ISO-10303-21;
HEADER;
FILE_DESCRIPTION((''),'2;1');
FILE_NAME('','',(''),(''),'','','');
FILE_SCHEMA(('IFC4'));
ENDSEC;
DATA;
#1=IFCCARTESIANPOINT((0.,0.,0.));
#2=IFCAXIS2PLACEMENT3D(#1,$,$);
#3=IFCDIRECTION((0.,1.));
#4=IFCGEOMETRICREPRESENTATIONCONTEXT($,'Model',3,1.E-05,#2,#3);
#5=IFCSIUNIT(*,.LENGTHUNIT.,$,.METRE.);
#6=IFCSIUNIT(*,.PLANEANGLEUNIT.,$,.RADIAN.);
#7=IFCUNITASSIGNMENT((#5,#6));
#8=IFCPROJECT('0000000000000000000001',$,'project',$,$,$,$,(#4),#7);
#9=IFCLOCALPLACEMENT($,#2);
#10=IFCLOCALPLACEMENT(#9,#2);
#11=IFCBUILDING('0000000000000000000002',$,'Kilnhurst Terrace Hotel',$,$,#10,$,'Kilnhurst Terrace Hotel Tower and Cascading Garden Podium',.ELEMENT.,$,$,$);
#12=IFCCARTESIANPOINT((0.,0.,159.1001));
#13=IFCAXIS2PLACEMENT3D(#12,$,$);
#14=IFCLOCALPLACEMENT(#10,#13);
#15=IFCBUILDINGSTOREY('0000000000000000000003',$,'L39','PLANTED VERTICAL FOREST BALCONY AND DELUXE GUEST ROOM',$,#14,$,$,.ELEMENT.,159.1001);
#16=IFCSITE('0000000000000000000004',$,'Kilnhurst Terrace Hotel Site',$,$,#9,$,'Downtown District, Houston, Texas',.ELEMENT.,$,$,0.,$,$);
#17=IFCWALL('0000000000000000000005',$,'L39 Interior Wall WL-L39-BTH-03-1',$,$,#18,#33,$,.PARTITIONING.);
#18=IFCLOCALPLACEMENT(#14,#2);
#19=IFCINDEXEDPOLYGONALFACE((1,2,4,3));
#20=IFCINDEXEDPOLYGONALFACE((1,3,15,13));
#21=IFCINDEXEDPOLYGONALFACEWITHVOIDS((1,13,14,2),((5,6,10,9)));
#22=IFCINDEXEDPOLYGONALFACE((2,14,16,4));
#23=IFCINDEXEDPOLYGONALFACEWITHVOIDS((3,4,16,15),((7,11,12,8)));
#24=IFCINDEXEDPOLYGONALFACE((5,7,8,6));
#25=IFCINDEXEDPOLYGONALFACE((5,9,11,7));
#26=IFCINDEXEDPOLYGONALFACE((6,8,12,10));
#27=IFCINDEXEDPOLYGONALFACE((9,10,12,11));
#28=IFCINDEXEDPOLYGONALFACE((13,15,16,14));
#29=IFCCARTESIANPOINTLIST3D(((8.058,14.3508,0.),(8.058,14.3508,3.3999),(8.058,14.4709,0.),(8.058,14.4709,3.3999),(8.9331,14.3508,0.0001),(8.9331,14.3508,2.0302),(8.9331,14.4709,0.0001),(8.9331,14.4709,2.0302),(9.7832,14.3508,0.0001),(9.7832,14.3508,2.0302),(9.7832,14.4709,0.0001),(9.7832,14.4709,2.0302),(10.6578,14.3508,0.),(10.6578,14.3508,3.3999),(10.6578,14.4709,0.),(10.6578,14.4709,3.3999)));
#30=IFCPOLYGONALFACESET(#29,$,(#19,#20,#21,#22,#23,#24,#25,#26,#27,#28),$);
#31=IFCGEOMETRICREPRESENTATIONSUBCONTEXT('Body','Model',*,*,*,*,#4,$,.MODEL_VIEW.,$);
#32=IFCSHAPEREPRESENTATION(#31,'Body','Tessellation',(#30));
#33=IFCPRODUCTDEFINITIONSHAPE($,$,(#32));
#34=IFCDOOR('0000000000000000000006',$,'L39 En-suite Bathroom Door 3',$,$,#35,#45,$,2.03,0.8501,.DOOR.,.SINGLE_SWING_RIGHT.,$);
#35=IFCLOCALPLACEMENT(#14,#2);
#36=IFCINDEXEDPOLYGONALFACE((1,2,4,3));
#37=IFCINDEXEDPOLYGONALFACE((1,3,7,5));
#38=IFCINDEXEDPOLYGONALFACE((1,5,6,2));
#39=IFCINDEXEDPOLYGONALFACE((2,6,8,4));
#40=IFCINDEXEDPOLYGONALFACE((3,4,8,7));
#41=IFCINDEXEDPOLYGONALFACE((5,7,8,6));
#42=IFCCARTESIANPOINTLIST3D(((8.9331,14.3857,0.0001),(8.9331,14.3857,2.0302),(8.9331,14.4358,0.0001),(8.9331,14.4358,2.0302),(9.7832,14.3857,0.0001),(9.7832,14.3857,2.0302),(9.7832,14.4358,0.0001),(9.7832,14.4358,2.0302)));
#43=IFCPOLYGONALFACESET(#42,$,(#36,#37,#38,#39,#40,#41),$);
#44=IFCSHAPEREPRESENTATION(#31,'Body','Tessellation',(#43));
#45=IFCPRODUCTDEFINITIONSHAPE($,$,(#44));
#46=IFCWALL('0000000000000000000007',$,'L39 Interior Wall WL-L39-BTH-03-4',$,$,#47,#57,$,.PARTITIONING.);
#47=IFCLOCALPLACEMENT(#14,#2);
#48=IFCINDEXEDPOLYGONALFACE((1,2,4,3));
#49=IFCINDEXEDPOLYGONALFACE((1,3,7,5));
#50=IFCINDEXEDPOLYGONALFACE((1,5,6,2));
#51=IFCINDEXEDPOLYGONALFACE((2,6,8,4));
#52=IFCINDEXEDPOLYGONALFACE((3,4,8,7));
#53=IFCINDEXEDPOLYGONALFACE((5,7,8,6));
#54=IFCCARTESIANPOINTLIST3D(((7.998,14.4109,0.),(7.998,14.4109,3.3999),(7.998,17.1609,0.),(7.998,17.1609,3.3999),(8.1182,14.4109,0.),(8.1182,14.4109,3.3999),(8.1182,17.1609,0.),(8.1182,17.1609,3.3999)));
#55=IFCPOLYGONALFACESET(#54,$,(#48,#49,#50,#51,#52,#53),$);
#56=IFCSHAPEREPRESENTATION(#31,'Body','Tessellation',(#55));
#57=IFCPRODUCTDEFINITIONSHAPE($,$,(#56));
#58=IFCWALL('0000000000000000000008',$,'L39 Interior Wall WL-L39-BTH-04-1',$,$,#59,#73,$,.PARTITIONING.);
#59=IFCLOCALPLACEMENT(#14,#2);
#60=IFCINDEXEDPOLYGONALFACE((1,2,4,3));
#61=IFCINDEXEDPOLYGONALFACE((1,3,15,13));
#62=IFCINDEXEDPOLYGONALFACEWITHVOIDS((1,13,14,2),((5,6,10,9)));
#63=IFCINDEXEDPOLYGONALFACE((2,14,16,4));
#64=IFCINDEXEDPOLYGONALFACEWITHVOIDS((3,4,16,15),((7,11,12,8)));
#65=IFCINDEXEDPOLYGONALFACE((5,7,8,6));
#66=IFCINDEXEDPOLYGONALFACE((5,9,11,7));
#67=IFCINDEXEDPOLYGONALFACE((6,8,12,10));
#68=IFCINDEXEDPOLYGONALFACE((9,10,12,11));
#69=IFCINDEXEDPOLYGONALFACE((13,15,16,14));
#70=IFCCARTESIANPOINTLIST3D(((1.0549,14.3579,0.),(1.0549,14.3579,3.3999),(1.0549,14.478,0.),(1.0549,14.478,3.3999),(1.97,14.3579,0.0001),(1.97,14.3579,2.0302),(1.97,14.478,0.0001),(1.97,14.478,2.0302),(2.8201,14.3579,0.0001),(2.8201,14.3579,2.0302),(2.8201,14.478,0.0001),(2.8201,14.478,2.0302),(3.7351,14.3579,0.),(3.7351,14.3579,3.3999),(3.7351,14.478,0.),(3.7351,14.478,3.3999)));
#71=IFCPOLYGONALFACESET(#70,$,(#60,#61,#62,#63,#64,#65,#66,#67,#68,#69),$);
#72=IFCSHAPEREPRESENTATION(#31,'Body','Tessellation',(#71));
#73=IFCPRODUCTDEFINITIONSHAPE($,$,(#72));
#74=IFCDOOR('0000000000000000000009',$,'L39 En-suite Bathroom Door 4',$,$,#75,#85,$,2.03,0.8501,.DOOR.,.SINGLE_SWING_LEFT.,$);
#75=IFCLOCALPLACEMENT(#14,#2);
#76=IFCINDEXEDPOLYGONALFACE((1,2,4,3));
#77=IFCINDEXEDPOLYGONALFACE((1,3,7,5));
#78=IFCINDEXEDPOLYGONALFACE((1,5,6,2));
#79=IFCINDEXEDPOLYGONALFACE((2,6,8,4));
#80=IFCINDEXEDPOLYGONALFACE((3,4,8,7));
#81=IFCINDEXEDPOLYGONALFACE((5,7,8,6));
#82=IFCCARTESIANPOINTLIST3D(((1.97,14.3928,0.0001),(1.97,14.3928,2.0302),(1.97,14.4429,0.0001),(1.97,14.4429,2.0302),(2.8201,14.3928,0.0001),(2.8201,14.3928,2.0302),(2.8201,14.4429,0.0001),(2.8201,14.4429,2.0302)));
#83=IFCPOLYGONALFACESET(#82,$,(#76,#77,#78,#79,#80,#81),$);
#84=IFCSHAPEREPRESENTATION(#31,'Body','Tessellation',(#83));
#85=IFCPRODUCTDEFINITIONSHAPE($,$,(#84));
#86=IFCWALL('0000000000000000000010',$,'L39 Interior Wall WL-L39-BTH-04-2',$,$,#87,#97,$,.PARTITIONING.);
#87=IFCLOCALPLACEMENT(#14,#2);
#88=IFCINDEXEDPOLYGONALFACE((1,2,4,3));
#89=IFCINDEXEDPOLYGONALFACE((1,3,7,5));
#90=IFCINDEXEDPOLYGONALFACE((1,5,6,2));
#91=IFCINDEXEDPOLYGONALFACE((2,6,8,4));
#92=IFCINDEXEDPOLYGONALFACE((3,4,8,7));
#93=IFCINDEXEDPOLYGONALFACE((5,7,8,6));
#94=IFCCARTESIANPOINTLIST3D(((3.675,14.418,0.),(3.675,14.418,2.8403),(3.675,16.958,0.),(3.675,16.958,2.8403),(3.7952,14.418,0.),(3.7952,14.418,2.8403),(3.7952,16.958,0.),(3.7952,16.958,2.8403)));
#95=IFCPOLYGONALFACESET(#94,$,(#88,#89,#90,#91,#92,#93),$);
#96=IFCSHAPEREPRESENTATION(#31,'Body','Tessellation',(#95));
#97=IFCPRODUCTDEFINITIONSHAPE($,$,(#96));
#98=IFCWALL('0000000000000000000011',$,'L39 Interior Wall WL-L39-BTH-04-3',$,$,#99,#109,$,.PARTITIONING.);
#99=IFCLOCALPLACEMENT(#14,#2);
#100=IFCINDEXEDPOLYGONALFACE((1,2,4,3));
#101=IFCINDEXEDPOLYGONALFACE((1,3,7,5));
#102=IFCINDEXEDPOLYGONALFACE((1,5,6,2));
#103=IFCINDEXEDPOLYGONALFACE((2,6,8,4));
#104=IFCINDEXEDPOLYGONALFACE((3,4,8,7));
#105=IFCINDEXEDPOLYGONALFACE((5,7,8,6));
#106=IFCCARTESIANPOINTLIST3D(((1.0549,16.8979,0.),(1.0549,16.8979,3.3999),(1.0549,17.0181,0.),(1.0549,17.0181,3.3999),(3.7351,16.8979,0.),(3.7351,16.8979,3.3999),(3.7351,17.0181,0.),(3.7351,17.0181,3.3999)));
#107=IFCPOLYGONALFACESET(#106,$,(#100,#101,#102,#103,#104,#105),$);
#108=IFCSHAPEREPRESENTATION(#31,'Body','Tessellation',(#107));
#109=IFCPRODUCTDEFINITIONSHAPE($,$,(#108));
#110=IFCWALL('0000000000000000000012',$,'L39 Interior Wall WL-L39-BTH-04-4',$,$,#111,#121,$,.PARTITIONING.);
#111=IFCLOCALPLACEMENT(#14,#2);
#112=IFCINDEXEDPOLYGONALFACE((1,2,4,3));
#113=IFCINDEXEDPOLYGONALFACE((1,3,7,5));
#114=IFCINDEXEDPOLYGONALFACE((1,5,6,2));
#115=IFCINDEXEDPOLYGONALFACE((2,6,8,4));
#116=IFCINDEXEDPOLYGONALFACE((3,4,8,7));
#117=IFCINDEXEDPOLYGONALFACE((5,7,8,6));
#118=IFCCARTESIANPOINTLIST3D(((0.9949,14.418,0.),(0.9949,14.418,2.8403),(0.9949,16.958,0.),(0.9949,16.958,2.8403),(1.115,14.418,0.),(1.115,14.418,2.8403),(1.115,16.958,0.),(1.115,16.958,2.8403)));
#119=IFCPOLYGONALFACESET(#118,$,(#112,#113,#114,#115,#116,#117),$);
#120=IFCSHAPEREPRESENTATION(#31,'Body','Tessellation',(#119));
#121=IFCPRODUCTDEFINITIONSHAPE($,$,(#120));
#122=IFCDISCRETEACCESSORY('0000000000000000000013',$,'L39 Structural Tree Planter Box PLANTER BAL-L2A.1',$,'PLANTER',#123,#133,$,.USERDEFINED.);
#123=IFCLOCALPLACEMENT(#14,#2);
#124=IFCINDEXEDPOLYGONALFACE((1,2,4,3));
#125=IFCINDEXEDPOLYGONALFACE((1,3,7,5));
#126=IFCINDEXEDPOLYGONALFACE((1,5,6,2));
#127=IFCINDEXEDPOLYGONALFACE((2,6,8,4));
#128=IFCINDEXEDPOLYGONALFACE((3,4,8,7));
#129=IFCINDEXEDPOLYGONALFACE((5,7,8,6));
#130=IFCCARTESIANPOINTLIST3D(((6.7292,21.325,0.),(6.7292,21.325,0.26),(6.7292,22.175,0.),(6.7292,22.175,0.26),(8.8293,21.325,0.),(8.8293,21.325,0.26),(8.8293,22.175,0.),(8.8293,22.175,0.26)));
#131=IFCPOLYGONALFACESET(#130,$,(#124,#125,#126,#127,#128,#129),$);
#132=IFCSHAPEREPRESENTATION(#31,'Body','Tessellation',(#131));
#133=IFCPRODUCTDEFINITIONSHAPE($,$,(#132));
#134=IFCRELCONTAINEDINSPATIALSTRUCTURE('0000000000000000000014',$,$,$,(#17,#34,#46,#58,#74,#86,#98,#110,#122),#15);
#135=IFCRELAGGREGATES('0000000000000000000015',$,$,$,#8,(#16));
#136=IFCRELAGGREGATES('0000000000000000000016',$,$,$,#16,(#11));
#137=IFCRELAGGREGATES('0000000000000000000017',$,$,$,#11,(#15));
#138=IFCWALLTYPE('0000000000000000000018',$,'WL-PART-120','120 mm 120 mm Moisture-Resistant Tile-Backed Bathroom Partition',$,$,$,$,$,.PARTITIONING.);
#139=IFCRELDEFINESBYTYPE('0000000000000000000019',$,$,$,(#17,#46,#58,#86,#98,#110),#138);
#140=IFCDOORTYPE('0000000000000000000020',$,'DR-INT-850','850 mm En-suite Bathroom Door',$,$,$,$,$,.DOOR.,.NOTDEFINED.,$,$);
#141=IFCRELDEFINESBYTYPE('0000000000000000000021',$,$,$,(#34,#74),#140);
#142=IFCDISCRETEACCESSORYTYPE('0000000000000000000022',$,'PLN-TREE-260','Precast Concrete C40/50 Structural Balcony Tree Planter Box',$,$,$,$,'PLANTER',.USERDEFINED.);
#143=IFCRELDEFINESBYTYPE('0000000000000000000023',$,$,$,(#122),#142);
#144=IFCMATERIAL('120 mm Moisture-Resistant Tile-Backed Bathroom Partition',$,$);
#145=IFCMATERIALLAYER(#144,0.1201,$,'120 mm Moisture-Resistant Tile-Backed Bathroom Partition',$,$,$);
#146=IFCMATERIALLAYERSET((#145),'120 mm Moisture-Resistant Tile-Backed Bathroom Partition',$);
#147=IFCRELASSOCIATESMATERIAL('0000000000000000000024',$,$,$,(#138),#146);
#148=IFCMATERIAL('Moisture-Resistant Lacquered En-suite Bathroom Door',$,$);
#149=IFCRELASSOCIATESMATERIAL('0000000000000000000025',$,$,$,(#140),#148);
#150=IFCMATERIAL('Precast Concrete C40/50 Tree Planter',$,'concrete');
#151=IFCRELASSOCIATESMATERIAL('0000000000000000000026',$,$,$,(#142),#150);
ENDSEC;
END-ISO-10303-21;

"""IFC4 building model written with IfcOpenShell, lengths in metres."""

from ifc_helpers import new_model, si_unit, direction, frame, frame_2d, origin, origin_2d, place, context, subcontext, project, spatial, rectangle, extrude, material, layer, layer_set, type_object, element, fill, save


model = new_model("IFC4")

# Units and contexts
model_context = context("Model", 3, precision=1e-05, world=origin(), true_north=direction((0.0, 1.0)))
body_context = subcontext(model_context, "Body", "Model", "MODEL_VIEW")
ifc_project = project(units=[si_unit("LENGTHUNIT", "METRE"), si_unit("PLANEANGLEUNIT", "RADIAN")], contexts=[model_context])

# Site, building, storey
site_placement = place(None, origin())
site = spatial("IfcSite", under=ifc_project, at=site_placement, Name="Kilnhurst Terrace Hotel Site", LongName="Downtown District, Houston, Texas", CompositionType="ELEMENT", RefElevation=0.0)
building_placement = place(site_placement, origin())
building = spatial("IfcBuilding", under=site, at=building_placement, Name="Kilnhurst Terrace Hotel", LongName="Kilnhurst Terrace Hotel Tower and Cascading Garden Podium", CompositionType="ELEMENT")
storey_placement = place(building_placement, frame((0.0, 0.0, 159.1001)))
storey = spatial("IfcBuildingStorey", under=building, at=storey_placement, Name="L39", Description="PLANTED VERTICAL FOREST BALCONY AND DELUXE GUEST ROOM", CompositionType="ELEMENT", Elevation=159.1001)

# Wall, opening, door
ifc_material_1 = material(Name="120 mm Moisture-Resistant Tile-Backed Bathroom Partition")
ifc_layer_1 = layer(ifc_material_1, 0.1201, Name="120 mm Moisture-Resistant Tile-Backed Bathroom Partition")
ifc_layer_set_1 = layer_set([ifc_layer_1], Name="120 mm Moisture-Resistant Tile-Backed Bathroom Partition")
wall_type_1 = type_object("IfcWallType", Name="WL-PART-120", Description="120 mm 120 mm Moisture-Resistant Tile-Backed Bathroom Partition", PredefinedType="PARTITIONING", material=ifc_layer_set_1)
wall_1_placement = place(storey_placement, frame((8.0581, 14.4109, 0.0), z_axis=(0.0, 0.0, 1.0), x_axis=(1.0, 0.0, 0.0)))
wall_1 = element("IfcWall", 1, at=wall_1_placement, inside=storey, type_object=wall_type_1, Name="L39 Interior Wall WL-L39-BTH-03-1", PredefinedType="PARTITIONING", context=body_context, shape_type="SweptSolid", body=[
    extrude(rectangle(XDim=2.5999, YDim=0.1201, at=frame_2d((1.2998, 0.0))), origin(), (0.0, 0.0, 1.0), 3.3999),
])
opening_1_placement = place(wall_1_placement, frame((0.875, 0.0, 0.0)))
opening_1 = element("IfcOpeningElement", 2, at=opening_1_placement, cuts=wall_1, PredefinedType="OPENING", context=body_context, shape_type="SweptSolid", body=[
    extrude(rectangle(XDim=0.8501, YDim=2.03, at=frame_2d((0.425, 1.0151))), frame((0.0, 0.0701, 0.0), z_axis=(0.0, -1.0, 0.0), x_axis=(1.0, 0.0, 0.0)), (0.0, 0.0, 1.0), 0.1401),
])
ifc_material_2 = material(Name="Moisture-Resistant Lacquered En-suite Bathroom Door")
door_type_1 = type_object("IfcDoorType", Name="DR-INT-850", Description="850 mm En-suite Bathroom Door", OperationType="NOTDEFINED", PredefinedType="DOOR", material=ifc_material_2)
door_1_placement = place(opening_1_placement, origin())
door_1 = element("IfcDoor", 3, at=door_1_placement, inside=storey, type_object=door_type_1, Name="L39 En-suite Bathroom Door 3", OperationType="SINGLE_SWING_RIGHT", OverallHeight=2.03, OverallWidth=0.8501, PredefinedType="DOOR", context=body_context, shape_type="SweptSolid", body=[
    extrude(rectangle(XDim=0.8501, YDim=2.03, at=frame_2d((0.425, 1.0151))), frame((0.0, 0.0249, 0.0), z_axis=(0.0, -1.0, 0.0), x_axis=(1.0, 0.0, 0.0)), (0.0, 0.0, 1.0), 0.05),
])
fill(opening_1, door_1)

# Wall
wall_2_placement = place(storey_placement, frame((8.0581, 17.1609, 0.0), z_axis=(0.0, 0.0, 1.0), x_axis=(0.0, -1.0, 0.0)))
element("IfcWall", 4, at=wall_2_placement, inside=storey, type_object=wall_type_1, Name="L39 Interior Wall WL-L39-BTH-03-4", PredefinedType="PARTITIONING", context=body_context, shape_type="SweptSolid", body=[
    extrude(rectangle(XDim=2.75, YDim=0.1201, at=frame_2d((1.375, 0.0))), origin(), (0.0, 0.0, 1.0), 3.3999),
])

# Wall, opening, door
wall_3_placement = place(storey_placement, frame((1.0549, 14.418, 0.0), z_axis=(0.0, 0.0, 1.0), x_axis=(1.0, 0.0, 0.0)))
wall_3 = element("IfcWall", 5, at=wall_3_placement, inside=storey, type_object=wall_type_1, Name="L39 Interior Wall WL-L39-BTH-04-1", PredefinedType="PARTITIONING", context=body_context, shape_type="SweptSolid", body=[
    extrude(rectangle(XDim=2.6802, YDim=0.1201, at=frame_2d((1.3401, 0.0))), origin(), (0.0, 0.0, 1.0), 3.3999),
])
opening_2_placement = place(wall_3_placement, frame((0.915, 0.0, 0.0)))
opening_2 = element("IfcOpeningElement", 6, at=opening_2_placement, cuts=wall_3, PredefinedType="OPENING", context=body_context, shape_type="SweptSolid", body=[
    extrude(rectangle(XDim=0.8501, YDim=2.03, at=frame_2d((0.425, 1.0151))), frame((0.0, 0.0701, 0.0), z_axis=(0.0, -1.0, 0.0), x_axis=(1.0, 0.0, 0.0)), (0.0, 0.0, 1.0), 0.1401),
])
door_2_placement = place(opening_2_placement, origin())
door_2 = element("IfcDoor", 7, at=door_2_placement, inside=storey, type_object=door_type_1, Name="L39 En-suite Bathroom Door 4", OperationType="SINGLE_SWING_LEFT", OverallHeight=2.03, OverallWidth=0.8501, PredefinedType="DOOR", context=body_context, shape_type="SweptSolid", body=[
    extrude(rectangle(XDim=0.8501, YDim=2.03, at=frame_2d((0.425, 1.0151))), frame((0.0, 0.0249, 0.0), z_axis=(0.0, -1.0, 0.0), x_axis=(1.0, 0.0, 0.0)), (0.0, 0.0, 1.0), 0.05),
])
fill(opening_2, door_2)

# Walls
wall_4_placement = place(storey_placement, frame((3.7351, 14.418, 0.0), z_axis=(0.0, 0.0, 1.0), x_axis=(0.0, 1.0, 0.0)))
element("IfcWall", 8, at=wall_4_placement, inside=storey, type_object=wall_type_1, Name="L39 Interior Wall WL-L39-BTH-04-2", PredefinedType="PARTITIONING", context=body_context, shape_type="SweptSolid", body=[
    extrude(rectangle(XDim=2.54, YDim=0.1201, at=frame_2d((1.27, 0.0))), origin(), (0.0, 0.0, 1.0), 2.8403),
])
wall_5_placement = place(storey_placement, frame((3.7351, 16.958, 0.0), z_axis=(0.0, 0.0, 1.0), x_axis=(-1.0, 0.0, 0.0)))
element("IfcWall", 9, at=wall_5_placement, inside=storey, type_object=wall_type_1, Name="L39 Interior Wall WL-L39-BTH-04-3", PredefinedType="PARTITIONING", context=body_context, shape_type="SweptSolid", body=[
    extrude(rectangle(XDim=2.6802, YDim=0.1201, at=frame_2d((1.3401, 0.0))), origin(), (0.0, 0.0, 1.0), 3.3999),
])
wall_6_placement = place(storey_placement, frame((1.0549, 16.958, 0.0), z_axis=(0.0, 0.0, 1.0), x_axis=(0.0, -1.0, 0.0)))
element("IfcWall", 10, at=wall_6_placement, inside=storey, type_object=wall_type_1, Name="L39 Interior Wall WL-L39-BTH-04-4", PredefinedType="PARTITIONING", context=body_context, shape_type="SweptSolid", body=[
    extrude(rectangle(XDim=2.54, YDim=0.1201, at=frame_2d((1.27, 0.0))), origin(), (0.0, 0.0, 1.0), 2.8403),
])

# Discrete accessory
ifc_material_3 = material(Name="Precast Concrete C40/50 Tree Planter", Category="concrete")
discrete_accessory_type = type_object("IfcDiscreteAccessoryType", Name="PLN-TREE-260", Description="Precast Concrete C40/50 Structural Balcony Tree Planter Box", ElementType="PLANTER", PredefinedType="USERDEFINED", material=ifc_material_3)
discrete_accessory_placement = place(storey_placement, frame((7.7793, 21.75, 0.0), z_axis=(0.0, 0.0, 1.0), x_axis=(-1.0, 0.0, 0.0)))
element("IfcDiscreteAccessory", 11, at=discrete_accessory_placement, inside=storey, type_object=discrete_accessory_type, Name="L39 Structural Tree Planter Box PLANTER BAL-L2A.1", ObjectType="PLANTER", PredefinedType="USERDEFINED", context=body_context, shape_type="SweptSolid", body=[
    extrude(rectangle(XDim=2.1001, YDim=0.8501, at=origin_2d()), origin(), (0.0, 0.0, 1.0), 0.26),
])

save(model, "model.ifc")
